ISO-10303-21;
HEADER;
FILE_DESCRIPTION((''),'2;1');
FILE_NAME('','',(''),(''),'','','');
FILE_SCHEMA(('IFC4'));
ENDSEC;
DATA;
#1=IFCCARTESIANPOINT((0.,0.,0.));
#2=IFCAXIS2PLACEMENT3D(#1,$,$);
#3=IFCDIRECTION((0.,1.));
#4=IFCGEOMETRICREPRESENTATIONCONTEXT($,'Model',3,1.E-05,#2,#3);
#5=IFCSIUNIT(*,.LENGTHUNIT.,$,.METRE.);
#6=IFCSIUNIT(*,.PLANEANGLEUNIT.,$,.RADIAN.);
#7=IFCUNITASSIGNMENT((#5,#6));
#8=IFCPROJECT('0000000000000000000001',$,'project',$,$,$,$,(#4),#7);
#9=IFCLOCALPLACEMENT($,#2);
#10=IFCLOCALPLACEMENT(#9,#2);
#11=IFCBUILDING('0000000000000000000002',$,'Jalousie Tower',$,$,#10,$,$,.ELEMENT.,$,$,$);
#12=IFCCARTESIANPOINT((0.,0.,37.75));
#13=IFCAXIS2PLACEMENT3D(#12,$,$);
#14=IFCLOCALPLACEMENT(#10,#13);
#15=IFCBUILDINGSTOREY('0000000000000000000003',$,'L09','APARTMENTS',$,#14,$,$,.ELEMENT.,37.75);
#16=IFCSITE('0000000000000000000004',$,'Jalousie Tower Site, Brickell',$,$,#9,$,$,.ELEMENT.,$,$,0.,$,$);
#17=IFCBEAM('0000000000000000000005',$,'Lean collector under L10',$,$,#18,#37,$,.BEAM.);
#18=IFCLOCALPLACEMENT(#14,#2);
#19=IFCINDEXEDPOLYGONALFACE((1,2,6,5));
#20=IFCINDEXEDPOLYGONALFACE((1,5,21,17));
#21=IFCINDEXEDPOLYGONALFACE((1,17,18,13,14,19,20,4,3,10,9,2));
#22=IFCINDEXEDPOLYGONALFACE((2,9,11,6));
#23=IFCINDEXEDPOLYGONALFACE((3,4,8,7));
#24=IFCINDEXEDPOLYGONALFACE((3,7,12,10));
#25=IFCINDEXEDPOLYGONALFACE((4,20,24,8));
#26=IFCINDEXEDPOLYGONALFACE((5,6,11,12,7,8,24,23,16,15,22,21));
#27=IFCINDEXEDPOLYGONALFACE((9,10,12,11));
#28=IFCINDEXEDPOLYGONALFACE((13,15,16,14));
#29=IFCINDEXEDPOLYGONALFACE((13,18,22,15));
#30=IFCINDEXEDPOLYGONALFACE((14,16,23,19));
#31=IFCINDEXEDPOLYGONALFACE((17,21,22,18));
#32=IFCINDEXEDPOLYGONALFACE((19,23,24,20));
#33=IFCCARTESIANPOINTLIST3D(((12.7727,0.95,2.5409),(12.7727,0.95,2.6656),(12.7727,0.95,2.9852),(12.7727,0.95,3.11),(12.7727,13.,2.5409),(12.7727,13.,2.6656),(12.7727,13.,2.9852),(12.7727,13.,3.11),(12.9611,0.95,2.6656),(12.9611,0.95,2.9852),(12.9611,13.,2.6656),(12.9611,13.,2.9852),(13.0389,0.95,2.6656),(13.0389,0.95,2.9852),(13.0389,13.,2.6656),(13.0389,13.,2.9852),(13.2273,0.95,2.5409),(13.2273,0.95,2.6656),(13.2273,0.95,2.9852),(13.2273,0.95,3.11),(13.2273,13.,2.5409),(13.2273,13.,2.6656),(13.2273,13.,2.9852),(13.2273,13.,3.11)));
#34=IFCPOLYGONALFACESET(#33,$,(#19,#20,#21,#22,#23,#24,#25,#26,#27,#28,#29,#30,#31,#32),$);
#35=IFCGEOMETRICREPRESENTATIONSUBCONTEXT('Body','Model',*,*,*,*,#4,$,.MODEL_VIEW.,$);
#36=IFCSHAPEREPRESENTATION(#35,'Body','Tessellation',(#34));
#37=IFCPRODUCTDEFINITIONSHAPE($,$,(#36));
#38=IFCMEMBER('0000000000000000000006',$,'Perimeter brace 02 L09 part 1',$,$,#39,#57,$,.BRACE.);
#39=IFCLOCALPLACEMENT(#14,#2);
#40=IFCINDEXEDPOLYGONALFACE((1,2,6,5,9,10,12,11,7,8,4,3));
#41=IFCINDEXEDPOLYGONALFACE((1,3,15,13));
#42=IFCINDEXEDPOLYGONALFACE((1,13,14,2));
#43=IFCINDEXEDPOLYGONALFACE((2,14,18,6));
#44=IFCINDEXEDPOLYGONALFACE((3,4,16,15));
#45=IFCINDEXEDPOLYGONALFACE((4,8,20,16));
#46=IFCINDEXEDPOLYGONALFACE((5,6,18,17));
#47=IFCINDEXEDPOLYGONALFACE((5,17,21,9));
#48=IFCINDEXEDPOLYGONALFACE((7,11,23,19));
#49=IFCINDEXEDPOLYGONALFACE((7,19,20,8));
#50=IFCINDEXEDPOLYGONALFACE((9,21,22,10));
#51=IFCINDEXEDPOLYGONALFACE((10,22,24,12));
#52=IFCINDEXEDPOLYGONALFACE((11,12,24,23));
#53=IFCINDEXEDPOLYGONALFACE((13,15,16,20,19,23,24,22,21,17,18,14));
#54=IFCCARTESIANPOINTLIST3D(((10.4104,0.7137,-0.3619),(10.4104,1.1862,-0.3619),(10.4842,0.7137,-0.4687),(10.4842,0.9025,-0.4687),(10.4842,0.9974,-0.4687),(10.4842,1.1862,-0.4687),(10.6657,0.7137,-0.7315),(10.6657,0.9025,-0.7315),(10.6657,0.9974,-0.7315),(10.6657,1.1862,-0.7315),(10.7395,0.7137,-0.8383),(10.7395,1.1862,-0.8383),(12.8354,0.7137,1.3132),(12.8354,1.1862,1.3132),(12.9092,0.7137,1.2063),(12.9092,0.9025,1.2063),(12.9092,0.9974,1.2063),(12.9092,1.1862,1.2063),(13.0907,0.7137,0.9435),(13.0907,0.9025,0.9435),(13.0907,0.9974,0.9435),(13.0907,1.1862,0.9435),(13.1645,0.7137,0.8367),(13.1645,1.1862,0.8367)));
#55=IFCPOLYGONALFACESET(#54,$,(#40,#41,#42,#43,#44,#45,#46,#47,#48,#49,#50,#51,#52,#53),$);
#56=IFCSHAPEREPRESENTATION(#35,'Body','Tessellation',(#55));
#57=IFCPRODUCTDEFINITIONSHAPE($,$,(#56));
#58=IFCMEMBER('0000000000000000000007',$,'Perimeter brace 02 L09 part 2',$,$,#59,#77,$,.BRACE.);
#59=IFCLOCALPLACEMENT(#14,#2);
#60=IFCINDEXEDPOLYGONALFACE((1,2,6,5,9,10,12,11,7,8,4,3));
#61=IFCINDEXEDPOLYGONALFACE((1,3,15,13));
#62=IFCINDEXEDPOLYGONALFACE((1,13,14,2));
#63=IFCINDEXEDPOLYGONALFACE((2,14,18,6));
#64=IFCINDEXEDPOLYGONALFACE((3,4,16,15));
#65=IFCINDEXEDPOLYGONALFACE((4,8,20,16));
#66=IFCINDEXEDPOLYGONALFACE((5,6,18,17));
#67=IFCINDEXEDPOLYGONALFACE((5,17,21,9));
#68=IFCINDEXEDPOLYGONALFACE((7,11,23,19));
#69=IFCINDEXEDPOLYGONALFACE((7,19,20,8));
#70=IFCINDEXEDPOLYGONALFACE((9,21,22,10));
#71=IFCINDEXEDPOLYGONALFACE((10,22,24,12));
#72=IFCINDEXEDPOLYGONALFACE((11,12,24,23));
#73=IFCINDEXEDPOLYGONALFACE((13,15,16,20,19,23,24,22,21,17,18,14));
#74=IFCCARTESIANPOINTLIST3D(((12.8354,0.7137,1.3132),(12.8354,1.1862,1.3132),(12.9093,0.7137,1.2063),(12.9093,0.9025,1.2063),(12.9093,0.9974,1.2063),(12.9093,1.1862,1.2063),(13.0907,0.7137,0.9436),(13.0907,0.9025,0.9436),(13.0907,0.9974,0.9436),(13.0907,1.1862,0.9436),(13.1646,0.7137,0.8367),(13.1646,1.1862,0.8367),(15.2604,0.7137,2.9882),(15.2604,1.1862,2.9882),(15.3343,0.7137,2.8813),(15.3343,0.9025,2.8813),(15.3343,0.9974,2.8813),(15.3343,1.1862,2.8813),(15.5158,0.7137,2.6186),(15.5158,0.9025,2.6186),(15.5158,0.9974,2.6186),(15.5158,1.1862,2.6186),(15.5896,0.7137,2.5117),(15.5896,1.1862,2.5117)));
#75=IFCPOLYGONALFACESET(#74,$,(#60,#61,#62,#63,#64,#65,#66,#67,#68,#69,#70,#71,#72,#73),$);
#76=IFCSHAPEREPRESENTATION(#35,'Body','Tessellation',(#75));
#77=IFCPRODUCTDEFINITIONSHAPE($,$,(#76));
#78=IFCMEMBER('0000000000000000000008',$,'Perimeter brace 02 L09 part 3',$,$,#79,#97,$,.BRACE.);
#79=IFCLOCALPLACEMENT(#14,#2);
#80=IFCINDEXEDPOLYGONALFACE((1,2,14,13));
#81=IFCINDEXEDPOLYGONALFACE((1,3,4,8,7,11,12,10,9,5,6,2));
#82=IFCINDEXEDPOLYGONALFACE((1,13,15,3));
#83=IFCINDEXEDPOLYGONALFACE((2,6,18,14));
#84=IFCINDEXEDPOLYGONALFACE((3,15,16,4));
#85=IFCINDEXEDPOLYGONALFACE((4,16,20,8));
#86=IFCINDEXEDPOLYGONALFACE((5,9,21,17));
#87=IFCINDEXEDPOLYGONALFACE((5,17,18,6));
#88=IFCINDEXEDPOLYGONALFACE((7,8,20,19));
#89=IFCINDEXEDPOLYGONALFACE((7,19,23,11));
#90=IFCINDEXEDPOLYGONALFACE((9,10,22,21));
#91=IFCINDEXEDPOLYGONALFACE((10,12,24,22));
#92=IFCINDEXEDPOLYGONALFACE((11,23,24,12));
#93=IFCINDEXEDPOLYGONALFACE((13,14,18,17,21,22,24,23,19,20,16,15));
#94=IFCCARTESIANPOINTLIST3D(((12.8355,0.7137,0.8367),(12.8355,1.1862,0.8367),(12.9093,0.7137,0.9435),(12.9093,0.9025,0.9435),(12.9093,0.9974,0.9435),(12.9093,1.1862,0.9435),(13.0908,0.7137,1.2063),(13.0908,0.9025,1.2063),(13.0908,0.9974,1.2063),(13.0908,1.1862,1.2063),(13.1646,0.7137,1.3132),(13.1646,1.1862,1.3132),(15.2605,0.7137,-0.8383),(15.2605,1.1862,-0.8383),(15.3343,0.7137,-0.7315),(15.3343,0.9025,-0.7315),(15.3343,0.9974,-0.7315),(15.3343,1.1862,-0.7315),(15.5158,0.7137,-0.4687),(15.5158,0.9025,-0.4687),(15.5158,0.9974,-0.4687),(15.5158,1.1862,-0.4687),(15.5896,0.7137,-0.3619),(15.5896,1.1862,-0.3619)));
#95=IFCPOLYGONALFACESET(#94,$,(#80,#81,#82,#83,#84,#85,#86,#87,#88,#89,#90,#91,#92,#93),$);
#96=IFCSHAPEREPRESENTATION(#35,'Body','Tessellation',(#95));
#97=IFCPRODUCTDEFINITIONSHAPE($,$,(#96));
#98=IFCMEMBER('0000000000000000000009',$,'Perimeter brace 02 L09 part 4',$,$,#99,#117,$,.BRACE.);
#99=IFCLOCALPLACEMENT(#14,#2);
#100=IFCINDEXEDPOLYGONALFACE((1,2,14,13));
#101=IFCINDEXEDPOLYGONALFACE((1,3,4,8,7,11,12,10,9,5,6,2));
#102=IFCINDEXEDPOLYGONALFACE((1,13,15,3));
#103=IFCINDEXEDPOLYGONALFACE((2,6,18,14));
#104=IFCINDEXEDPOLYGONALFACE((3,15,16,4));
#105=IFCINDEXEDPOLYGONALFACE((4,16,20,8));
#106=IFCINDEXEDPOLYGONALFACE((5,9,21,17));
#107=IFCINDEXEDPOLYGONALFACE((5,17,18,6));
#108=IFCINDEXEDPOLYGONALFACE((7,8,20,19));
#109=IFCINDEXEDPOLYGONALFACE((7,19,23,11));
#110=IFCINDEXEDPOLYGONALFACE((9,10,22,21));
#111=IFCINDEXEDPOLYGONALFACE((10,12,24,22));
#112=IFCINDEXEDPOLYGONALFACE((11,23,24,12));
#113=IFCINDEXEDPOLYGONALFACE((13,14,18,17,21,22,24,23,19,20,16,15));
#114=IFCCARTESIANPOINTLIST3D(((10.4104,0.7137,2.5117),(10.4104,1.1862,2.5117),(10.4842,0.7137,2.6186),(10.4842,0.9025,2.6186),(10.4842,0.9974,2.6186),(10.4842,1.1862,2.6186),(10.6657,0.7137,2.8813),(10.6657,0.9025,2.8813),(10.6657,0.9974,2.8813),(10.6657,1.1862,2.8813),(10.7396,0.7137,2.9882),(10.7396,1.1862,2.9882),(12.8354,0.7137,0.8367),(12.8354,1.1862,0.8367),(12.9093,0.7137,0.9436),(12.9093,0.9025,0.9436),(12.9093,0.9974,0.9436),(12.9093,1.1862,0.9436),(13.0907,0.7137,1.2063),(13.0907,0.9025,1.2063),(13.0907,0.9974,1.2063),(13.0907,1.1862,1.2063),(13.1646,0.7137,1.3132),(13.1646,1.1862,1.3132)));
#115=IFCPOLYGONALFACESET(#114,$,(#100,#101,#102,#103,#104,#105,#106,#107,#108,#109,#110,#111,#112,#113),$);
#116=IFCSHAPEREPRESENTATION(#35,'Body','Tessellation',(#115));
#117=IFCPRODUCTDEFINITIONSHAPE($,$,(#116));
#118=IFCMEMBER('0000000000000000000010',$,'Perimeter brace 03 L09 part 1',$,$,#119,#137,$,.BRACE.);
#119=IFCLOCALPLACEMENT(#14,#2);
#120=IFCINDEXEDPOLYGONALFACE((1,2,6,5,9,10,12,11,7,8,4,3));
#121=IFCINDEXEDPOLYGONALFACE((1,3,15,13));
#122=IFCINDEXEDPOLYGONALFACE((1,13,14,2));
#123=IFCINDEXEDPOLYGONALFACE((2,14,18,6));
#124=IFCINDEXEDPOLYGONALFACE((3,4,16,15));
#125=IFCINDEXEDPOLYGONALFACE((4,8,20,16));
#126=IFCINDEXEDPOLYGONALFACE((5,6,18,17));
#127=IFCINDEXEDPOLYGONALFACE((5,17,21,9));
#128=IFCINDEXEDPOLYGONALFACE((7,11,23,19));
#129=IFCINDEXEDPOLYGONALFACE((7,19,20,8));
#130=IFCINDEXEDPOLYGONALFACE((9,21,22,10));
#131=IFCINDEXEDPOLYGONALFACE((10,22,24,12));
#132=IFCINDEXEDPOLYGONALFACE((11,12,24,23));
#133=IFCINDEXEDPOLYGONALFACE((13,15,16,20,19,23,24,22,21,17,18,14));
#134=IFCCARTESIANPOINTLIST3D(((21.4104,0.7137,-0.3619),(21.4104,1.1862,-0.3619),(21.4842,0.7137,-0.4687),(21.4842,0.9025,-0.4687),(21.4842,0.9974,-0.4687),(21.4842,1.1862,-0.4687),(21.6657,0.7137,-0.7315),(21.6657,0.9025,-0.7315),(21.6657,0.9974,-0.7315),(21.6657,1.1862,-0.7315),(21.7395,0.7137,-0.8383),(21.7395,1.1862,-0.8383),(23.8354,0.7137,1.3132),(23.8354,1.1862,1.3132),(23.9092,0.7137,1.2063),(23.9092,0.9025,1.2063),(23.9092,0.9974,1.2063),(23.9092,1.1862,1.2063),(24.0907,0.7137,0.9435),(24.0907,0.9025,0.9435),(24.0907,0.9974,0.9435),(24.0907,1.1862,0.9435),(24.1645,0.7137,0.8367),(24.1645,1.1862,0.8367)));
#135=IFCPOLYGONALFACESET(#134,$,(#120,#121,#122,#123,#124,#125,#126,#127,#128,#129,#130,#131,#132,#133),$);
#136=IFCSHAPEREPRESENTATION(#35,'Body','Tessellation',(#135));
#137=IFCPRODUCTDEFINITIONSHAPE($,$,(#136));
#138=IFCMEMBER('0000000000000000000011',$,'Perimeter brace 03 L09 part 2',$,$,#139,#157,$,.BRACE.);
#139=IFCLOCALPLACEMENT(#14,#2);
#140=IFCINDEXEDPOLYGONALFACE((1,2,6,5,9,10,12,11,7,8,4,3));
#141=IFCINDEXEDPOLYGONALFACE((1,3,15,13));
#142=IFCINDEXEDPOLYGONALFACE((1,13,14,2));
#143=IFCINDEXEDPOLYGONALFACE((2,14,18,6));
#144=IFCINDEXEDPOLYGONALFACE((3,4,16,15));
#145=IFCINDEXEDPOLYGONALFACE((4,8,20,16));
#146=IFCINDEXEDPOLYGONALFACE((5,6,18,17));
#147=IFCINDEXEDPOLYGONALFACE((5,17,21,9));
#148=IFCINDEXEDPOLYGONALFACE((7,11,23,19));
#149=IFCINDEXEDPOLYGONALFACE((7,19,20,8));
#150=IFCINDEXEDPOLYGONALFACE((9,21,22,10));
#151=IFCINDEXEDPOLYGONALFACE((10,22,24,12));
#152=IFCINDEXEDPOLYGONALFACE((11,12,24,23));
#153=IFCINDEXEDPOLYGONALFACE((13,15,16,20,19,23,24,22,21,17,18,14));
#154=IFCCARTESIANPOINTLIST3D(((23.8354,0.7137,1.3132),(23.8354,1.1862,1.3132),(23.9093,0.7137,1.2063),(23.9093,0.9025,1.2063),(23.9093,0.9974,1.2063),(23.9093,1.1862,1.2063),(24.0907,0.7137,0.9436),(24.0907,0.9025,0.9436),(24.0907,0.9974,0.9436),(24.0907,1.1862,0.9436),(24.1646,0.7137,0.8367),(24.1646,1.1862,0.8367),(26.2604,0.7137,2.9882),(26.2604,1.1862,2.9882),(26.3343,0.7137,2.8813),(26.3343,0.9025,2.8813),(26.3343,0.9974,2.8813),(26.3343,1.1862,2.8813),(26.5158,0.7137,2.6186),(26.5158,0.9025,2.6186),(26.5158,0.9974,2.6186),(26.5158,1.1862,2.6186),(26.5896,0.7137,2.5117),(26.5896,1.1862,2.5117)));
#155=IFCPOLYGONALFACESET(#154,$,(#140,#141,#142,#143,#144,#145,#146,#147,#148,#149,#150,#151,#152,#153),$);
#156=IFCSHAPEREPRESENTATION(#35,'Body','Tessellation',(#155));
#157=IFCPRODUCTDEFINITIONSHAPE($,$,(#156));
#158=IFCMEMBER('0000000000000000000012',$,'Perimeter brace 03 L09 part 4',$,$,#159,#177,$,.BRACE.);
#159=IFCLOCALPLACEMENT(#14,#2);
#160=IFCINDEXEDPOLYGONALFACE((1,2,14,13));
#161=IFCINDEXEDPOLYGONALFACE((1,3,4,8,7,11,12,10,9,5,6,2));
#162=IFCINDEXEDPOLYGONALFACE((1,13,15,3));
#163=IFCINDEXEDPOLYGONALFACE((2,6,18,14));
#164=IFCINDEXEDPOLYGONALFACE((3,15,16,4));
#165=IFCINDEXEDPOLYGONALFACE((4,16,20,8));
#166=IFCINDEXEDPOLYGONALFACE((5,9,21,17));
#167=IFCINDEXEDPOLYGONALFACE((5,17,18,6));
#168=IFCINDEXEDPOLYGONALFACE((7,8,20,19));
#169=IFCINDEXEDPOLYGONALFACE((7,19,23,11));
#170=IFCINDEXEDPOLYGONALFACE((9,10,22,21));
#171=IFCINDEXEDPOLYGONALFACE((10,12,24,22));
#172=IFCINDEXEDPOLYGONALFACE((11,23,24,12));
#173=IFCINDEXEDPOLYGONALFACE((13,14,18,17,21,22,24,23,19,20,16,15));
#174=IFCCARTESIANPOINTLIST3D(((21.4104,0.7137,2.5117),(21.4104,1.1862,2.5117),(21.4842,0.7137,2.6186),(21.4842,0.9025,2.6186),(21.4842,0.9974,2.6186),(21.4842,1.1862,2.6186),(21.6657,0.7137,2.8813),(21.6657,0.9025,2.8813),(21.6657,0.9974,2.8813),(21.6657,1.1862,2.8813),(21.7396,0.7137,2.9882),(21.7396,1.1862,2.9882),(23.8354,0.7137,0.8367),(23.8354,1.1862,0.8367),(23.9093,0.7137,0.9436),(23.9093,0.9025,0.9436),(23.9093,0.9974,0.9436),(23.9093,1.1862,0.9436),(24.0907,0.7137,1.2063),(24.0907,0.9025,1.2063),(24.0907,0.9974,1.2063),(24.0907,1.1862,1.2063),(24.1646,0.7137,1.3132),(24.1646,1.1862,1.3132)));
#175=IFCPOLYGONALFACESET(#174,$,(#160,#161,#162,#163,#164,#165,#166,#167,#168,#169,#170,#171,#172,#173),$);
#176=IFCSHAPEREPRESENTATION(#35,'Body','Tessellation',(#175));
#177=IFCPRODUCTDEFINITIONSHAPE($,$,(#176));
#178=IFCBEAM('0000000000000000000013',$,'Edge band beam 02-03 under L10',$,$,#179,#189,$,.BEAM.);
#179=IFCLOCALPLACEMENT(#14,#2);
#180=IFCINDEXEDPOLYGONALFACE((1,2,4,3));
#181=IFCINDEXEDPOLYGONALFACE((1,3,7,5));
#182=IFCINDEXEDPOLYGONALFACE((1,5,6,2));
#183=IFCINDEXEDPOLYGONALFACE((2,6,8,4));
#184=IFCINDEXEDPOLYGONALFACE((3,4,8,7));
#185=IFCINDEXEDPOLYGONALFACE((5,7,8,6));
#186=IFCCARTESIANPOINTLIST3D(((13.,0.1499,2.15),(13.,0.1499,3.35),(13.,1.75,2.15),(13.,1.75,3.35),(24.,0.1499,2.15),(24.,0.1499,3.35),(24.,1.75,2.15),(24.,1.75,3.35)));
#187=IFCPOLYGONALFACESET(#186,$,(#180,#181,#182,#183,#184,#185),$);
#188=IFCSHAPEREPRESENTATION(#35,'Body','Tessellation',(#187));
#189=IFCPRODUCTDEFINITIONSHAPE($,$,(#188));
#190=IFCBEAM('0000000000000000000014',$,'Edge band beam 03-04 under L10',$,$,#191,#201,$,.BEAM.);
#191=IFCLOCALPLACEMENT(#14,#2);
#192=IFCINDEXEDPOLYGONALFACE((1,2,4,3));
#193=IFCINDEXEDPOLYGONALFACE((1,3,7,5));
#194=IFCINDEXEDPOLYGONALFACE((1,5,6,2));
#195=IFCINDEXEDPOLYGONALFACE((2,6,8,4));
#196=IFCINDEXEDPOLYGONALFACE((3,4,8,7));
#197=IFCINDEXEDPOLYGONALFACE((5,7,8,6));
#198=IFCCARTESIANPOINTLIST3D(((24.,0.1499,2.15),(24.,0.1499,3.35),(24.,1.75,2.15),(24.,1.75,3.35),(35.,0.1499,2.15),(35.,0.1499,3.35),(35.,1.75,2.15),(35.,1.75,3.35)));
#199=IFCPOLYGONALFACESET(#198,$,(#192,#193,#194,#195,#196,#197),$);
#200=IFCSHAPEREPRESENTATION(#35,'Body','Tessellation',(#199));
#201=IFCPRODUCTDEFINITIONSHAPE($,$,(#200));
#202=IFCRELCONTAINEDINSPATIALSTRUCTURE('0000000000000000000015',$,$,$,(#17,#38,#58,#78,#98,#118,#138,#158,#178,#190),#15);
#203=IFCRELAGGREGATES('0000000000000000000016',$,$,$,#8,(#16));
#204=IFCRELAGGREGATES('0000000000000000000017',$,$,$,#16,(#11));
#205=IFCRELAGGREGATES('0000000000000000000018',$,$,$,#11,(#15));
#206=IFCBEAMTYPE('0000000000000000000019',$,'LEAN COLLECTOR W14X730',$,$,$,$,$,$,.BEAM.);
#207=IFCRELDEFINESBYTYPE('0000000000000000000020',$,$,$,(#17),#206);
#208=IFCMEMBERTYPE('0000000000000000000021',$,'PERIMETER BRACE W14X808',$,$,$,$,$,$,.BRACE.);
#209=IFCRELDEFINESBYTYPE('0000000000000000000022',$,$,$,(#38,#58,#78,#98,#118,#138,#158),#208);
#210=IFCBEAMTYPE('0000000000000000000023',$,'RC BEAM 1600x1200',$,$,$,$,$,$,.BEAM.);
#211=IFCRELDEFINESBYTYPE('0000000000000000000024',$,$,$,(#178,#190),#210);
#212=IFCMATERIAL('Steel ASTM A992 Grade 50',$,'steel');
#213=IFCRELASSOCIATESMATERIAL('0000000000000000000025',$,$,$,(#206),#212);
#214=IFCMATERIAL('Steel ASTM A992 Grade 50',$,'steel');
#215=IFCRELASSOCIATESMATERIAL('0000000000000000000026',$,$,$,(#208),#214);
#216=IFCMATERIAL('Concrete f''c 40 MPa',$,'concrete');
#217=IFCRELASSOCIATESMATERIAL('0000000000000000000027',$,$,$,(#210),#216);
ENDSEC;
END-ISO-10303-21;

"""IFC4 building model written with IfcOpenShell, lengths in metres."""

from ifc_helpers import new_model, si_unit, direction, frame, origin, origin_2d, place, context, subcontext, project, spatial, rectangle, i_section, extrude, material, material_profile, profile_set, type_object, element, save


model = new_model("IFC4")

# Units and contexts
model_context = context("Model", 3, precision=1e-05, world=origin(), true_north=direction((0.0, 1.0)))
body_context = subcontext(model_context, "Body", "Model", "MODEL_VIEW")
ifc_project = project(units=[si_unit("LENGTHUNIT", "METRE"), si_unit("PLANEANGLEUNIT", "RADIAN")], contexts=[model_context])

# Site, building, storey
site_placement = place(None, origin())
site = spatial("IfcSite", under=ifc_project, at=site_placement, Name="Jalousie Tower Site, Brickell", CompositionType="ELEMENT", RefElevation=0.0)
building_placement = place(site_placement, origin())
building = spatial("IfcBuilding", under=site, at=building_placement, Name="Jalousie Tower", CompositionType="ELEMENT")
storey_placement = place(building_placement, frame((0.0, 0.0, 37.75)))
storey = spatial("IfcBuildingStorey", under=building, at=storey_placement, Name="L09", Description="APARTMENTS", CompositionType="ELEMENT", Elevation=37.75)

# Beam
ifc_material_1 = material(Name="Steel ASTM A992 Grade 50", Category="steel")
ifc_material_profile_1 = material_profile(ifc_material_1, i_section(OverallWidth=0.4546, OverallDepth=0.5691, WebThickness=0.0779, FlangeThickness=0.1248, at=origin_2d()), Name="W14X730")
ifc_profile_set_1 = profile_set([ifc_material_profile_1], Name="Steel ASTM A992 Grade 50")
beam_type_1 = type_object("IfcBeamType", Name="LEAN COLLECTOR W14X730", PredefinedType="BEAM", material=ifc_profile_set_1)
beam_placement = place(storey_placement, frame((13.0, 0.95, 2.8254), z_axis=(0.0, 1.0, 0.0), x_axis=(-1.0, 0.0, 0.0)))
element("IfcBeam", 1, at=beam_placement, inside=storey, type_object=beam_type_1, Name="Lean collector under L10", PredefinedType="BEAM", context=body_context, shape_type="SweptSolid", body=[
    extrude(i_section(OverallWidth=0.4546, OverallDepth=0.5691, WebThickness=0.0779, FlangeThickness=0.1248, at=origin_2d()), origin(), (0.0, 0.0, 1.0), 12.05),
])

# Members
ifc_material_2 = material(Name="Steel ASTM A992 Grade 50", Category="steel")
ifc_material_profile_2 = material_profile(ifc_material_2, i_section(OverallWidth=0.4724, OverallDepth=0.5791, WebThickness=0.095, FlangeThickness=0.1299, at=origin_2d()), Name="W14X808")
ifc_profile_set_2 = profile_set([ifc_material_profile_2], Name="Steel ASTM A992 Grade 50")
member_type_1 = type_object("IfcMemberType", Name="PERIMETER BRACE W14X808", PredefinedType="BRACE", material=ifc_profile_set_2)
for number, where, z_axis, x_axis, name in (
    (2, (10.575, 0.95, -0.6001), (0.8228, 0.0, 0.568331), (0.0, 1.0, 0.0), "Perimeter brace 02 L09 part 1"),
    (3, (13.0, 0.95, 1.075), (0.8228, 0.0, 0.568331), (0.0, 1.0, 0.0), "Perimeter brace 02 L09 part 2"),
    (4, (15.425, 0.95, -0.6001), (-0.8228, 0.0, 0.568331), (0.0, -1.0, 0.0), "Perimeter brace 02 L09 part 3"),
    (5, (13.0, 0.95, 1.075), (-0.8228, 0.0, 0.568331), (0.0, -1.0, 0.0), "Perimeter brace 02 L09 part 4"),
    (6, (21.575, 0.95, -0.6001), (0.8228, 0.0, 0.568331), (0.0, 1.0, 0.0), "Perimeter brace 03 L09 part 1"),
    (7, (24.0, 0.95, 1.075), (0.8228, 0.0, 0.568331), (0.0, 1.0, 0.0), "Perimeter brace 03 L09 part 2"),
    (8, (24.0, 0.95, 1.075), (-0.8228, 0.0, 0.568331), (0.0, -1.0, 0.0), "Perimeter brace 03 L09 part 4"),
):
    element("IfcMember", number, at=place(storey_placement, frame(where, z_axis=z_axis, x_axis=x_axis)), inside=storey, type_object=member_type_1, Name=name, PredefinedType="BRACE", context=body_context, shape_type="SweptSolid", body=[
        extrude(i_section(OverallWidth=0.4724, OverallDepth=0.5791, WebThickness=0.095, FlangeThickness=0.1299, at=origin_2d()), origin(), (0.0, 0.0, 1.0), 2.9473),
    ])

# Beams
ifc_material_3 = material(Name="Concrete f'c 40 MPa", Category="concrete")
ifc_material_profile_3 = material_profile(ifc_material_3, rectangle(XDim=1.6001, YDim=1.2, at=origin_2d()), Name="RC 1600x1200")
ifc_profile_set_3 = profile_set([ifc_material_profile_3], Name="Concrete f'c 40 MPa")
beam_type_2 = type_object("IfcBeamType", Name="RC BEAM 1600x1200", PredefinedType="BEAM", material=ifc_profile_set_3)
for number, where, z_axis, x_axis, name in (
    (9, (13.0, 0.95, 2.75), (1.0, 0.0, 0.0), (0.0, 1.0, 0.0), "Edge band beam 02-03 under L10"),
    (10, (24.0, 0.95, 2.75), (1.0, 0.0, 0.0), (0.0, 1.0, 0.0), "Edge band beam 03-04 under L10"),
):
    element("IfcBeam", number, at=place(storey_placement, frame(where, z_axis=z_axis, x_axis=x_axis)), inside=storey, type_object=beam_type_2, Name=name, PredefinedType="BEAM", context=body_context, shape_type="SweptSolid", body=[
        extrude(rectangle(XDim=1.6001, YDim=1.2, at=origin_2d()), origin(), (0.0, 0.0, 1.0), 11.0),
    ])

save(model, "model.ifc")
